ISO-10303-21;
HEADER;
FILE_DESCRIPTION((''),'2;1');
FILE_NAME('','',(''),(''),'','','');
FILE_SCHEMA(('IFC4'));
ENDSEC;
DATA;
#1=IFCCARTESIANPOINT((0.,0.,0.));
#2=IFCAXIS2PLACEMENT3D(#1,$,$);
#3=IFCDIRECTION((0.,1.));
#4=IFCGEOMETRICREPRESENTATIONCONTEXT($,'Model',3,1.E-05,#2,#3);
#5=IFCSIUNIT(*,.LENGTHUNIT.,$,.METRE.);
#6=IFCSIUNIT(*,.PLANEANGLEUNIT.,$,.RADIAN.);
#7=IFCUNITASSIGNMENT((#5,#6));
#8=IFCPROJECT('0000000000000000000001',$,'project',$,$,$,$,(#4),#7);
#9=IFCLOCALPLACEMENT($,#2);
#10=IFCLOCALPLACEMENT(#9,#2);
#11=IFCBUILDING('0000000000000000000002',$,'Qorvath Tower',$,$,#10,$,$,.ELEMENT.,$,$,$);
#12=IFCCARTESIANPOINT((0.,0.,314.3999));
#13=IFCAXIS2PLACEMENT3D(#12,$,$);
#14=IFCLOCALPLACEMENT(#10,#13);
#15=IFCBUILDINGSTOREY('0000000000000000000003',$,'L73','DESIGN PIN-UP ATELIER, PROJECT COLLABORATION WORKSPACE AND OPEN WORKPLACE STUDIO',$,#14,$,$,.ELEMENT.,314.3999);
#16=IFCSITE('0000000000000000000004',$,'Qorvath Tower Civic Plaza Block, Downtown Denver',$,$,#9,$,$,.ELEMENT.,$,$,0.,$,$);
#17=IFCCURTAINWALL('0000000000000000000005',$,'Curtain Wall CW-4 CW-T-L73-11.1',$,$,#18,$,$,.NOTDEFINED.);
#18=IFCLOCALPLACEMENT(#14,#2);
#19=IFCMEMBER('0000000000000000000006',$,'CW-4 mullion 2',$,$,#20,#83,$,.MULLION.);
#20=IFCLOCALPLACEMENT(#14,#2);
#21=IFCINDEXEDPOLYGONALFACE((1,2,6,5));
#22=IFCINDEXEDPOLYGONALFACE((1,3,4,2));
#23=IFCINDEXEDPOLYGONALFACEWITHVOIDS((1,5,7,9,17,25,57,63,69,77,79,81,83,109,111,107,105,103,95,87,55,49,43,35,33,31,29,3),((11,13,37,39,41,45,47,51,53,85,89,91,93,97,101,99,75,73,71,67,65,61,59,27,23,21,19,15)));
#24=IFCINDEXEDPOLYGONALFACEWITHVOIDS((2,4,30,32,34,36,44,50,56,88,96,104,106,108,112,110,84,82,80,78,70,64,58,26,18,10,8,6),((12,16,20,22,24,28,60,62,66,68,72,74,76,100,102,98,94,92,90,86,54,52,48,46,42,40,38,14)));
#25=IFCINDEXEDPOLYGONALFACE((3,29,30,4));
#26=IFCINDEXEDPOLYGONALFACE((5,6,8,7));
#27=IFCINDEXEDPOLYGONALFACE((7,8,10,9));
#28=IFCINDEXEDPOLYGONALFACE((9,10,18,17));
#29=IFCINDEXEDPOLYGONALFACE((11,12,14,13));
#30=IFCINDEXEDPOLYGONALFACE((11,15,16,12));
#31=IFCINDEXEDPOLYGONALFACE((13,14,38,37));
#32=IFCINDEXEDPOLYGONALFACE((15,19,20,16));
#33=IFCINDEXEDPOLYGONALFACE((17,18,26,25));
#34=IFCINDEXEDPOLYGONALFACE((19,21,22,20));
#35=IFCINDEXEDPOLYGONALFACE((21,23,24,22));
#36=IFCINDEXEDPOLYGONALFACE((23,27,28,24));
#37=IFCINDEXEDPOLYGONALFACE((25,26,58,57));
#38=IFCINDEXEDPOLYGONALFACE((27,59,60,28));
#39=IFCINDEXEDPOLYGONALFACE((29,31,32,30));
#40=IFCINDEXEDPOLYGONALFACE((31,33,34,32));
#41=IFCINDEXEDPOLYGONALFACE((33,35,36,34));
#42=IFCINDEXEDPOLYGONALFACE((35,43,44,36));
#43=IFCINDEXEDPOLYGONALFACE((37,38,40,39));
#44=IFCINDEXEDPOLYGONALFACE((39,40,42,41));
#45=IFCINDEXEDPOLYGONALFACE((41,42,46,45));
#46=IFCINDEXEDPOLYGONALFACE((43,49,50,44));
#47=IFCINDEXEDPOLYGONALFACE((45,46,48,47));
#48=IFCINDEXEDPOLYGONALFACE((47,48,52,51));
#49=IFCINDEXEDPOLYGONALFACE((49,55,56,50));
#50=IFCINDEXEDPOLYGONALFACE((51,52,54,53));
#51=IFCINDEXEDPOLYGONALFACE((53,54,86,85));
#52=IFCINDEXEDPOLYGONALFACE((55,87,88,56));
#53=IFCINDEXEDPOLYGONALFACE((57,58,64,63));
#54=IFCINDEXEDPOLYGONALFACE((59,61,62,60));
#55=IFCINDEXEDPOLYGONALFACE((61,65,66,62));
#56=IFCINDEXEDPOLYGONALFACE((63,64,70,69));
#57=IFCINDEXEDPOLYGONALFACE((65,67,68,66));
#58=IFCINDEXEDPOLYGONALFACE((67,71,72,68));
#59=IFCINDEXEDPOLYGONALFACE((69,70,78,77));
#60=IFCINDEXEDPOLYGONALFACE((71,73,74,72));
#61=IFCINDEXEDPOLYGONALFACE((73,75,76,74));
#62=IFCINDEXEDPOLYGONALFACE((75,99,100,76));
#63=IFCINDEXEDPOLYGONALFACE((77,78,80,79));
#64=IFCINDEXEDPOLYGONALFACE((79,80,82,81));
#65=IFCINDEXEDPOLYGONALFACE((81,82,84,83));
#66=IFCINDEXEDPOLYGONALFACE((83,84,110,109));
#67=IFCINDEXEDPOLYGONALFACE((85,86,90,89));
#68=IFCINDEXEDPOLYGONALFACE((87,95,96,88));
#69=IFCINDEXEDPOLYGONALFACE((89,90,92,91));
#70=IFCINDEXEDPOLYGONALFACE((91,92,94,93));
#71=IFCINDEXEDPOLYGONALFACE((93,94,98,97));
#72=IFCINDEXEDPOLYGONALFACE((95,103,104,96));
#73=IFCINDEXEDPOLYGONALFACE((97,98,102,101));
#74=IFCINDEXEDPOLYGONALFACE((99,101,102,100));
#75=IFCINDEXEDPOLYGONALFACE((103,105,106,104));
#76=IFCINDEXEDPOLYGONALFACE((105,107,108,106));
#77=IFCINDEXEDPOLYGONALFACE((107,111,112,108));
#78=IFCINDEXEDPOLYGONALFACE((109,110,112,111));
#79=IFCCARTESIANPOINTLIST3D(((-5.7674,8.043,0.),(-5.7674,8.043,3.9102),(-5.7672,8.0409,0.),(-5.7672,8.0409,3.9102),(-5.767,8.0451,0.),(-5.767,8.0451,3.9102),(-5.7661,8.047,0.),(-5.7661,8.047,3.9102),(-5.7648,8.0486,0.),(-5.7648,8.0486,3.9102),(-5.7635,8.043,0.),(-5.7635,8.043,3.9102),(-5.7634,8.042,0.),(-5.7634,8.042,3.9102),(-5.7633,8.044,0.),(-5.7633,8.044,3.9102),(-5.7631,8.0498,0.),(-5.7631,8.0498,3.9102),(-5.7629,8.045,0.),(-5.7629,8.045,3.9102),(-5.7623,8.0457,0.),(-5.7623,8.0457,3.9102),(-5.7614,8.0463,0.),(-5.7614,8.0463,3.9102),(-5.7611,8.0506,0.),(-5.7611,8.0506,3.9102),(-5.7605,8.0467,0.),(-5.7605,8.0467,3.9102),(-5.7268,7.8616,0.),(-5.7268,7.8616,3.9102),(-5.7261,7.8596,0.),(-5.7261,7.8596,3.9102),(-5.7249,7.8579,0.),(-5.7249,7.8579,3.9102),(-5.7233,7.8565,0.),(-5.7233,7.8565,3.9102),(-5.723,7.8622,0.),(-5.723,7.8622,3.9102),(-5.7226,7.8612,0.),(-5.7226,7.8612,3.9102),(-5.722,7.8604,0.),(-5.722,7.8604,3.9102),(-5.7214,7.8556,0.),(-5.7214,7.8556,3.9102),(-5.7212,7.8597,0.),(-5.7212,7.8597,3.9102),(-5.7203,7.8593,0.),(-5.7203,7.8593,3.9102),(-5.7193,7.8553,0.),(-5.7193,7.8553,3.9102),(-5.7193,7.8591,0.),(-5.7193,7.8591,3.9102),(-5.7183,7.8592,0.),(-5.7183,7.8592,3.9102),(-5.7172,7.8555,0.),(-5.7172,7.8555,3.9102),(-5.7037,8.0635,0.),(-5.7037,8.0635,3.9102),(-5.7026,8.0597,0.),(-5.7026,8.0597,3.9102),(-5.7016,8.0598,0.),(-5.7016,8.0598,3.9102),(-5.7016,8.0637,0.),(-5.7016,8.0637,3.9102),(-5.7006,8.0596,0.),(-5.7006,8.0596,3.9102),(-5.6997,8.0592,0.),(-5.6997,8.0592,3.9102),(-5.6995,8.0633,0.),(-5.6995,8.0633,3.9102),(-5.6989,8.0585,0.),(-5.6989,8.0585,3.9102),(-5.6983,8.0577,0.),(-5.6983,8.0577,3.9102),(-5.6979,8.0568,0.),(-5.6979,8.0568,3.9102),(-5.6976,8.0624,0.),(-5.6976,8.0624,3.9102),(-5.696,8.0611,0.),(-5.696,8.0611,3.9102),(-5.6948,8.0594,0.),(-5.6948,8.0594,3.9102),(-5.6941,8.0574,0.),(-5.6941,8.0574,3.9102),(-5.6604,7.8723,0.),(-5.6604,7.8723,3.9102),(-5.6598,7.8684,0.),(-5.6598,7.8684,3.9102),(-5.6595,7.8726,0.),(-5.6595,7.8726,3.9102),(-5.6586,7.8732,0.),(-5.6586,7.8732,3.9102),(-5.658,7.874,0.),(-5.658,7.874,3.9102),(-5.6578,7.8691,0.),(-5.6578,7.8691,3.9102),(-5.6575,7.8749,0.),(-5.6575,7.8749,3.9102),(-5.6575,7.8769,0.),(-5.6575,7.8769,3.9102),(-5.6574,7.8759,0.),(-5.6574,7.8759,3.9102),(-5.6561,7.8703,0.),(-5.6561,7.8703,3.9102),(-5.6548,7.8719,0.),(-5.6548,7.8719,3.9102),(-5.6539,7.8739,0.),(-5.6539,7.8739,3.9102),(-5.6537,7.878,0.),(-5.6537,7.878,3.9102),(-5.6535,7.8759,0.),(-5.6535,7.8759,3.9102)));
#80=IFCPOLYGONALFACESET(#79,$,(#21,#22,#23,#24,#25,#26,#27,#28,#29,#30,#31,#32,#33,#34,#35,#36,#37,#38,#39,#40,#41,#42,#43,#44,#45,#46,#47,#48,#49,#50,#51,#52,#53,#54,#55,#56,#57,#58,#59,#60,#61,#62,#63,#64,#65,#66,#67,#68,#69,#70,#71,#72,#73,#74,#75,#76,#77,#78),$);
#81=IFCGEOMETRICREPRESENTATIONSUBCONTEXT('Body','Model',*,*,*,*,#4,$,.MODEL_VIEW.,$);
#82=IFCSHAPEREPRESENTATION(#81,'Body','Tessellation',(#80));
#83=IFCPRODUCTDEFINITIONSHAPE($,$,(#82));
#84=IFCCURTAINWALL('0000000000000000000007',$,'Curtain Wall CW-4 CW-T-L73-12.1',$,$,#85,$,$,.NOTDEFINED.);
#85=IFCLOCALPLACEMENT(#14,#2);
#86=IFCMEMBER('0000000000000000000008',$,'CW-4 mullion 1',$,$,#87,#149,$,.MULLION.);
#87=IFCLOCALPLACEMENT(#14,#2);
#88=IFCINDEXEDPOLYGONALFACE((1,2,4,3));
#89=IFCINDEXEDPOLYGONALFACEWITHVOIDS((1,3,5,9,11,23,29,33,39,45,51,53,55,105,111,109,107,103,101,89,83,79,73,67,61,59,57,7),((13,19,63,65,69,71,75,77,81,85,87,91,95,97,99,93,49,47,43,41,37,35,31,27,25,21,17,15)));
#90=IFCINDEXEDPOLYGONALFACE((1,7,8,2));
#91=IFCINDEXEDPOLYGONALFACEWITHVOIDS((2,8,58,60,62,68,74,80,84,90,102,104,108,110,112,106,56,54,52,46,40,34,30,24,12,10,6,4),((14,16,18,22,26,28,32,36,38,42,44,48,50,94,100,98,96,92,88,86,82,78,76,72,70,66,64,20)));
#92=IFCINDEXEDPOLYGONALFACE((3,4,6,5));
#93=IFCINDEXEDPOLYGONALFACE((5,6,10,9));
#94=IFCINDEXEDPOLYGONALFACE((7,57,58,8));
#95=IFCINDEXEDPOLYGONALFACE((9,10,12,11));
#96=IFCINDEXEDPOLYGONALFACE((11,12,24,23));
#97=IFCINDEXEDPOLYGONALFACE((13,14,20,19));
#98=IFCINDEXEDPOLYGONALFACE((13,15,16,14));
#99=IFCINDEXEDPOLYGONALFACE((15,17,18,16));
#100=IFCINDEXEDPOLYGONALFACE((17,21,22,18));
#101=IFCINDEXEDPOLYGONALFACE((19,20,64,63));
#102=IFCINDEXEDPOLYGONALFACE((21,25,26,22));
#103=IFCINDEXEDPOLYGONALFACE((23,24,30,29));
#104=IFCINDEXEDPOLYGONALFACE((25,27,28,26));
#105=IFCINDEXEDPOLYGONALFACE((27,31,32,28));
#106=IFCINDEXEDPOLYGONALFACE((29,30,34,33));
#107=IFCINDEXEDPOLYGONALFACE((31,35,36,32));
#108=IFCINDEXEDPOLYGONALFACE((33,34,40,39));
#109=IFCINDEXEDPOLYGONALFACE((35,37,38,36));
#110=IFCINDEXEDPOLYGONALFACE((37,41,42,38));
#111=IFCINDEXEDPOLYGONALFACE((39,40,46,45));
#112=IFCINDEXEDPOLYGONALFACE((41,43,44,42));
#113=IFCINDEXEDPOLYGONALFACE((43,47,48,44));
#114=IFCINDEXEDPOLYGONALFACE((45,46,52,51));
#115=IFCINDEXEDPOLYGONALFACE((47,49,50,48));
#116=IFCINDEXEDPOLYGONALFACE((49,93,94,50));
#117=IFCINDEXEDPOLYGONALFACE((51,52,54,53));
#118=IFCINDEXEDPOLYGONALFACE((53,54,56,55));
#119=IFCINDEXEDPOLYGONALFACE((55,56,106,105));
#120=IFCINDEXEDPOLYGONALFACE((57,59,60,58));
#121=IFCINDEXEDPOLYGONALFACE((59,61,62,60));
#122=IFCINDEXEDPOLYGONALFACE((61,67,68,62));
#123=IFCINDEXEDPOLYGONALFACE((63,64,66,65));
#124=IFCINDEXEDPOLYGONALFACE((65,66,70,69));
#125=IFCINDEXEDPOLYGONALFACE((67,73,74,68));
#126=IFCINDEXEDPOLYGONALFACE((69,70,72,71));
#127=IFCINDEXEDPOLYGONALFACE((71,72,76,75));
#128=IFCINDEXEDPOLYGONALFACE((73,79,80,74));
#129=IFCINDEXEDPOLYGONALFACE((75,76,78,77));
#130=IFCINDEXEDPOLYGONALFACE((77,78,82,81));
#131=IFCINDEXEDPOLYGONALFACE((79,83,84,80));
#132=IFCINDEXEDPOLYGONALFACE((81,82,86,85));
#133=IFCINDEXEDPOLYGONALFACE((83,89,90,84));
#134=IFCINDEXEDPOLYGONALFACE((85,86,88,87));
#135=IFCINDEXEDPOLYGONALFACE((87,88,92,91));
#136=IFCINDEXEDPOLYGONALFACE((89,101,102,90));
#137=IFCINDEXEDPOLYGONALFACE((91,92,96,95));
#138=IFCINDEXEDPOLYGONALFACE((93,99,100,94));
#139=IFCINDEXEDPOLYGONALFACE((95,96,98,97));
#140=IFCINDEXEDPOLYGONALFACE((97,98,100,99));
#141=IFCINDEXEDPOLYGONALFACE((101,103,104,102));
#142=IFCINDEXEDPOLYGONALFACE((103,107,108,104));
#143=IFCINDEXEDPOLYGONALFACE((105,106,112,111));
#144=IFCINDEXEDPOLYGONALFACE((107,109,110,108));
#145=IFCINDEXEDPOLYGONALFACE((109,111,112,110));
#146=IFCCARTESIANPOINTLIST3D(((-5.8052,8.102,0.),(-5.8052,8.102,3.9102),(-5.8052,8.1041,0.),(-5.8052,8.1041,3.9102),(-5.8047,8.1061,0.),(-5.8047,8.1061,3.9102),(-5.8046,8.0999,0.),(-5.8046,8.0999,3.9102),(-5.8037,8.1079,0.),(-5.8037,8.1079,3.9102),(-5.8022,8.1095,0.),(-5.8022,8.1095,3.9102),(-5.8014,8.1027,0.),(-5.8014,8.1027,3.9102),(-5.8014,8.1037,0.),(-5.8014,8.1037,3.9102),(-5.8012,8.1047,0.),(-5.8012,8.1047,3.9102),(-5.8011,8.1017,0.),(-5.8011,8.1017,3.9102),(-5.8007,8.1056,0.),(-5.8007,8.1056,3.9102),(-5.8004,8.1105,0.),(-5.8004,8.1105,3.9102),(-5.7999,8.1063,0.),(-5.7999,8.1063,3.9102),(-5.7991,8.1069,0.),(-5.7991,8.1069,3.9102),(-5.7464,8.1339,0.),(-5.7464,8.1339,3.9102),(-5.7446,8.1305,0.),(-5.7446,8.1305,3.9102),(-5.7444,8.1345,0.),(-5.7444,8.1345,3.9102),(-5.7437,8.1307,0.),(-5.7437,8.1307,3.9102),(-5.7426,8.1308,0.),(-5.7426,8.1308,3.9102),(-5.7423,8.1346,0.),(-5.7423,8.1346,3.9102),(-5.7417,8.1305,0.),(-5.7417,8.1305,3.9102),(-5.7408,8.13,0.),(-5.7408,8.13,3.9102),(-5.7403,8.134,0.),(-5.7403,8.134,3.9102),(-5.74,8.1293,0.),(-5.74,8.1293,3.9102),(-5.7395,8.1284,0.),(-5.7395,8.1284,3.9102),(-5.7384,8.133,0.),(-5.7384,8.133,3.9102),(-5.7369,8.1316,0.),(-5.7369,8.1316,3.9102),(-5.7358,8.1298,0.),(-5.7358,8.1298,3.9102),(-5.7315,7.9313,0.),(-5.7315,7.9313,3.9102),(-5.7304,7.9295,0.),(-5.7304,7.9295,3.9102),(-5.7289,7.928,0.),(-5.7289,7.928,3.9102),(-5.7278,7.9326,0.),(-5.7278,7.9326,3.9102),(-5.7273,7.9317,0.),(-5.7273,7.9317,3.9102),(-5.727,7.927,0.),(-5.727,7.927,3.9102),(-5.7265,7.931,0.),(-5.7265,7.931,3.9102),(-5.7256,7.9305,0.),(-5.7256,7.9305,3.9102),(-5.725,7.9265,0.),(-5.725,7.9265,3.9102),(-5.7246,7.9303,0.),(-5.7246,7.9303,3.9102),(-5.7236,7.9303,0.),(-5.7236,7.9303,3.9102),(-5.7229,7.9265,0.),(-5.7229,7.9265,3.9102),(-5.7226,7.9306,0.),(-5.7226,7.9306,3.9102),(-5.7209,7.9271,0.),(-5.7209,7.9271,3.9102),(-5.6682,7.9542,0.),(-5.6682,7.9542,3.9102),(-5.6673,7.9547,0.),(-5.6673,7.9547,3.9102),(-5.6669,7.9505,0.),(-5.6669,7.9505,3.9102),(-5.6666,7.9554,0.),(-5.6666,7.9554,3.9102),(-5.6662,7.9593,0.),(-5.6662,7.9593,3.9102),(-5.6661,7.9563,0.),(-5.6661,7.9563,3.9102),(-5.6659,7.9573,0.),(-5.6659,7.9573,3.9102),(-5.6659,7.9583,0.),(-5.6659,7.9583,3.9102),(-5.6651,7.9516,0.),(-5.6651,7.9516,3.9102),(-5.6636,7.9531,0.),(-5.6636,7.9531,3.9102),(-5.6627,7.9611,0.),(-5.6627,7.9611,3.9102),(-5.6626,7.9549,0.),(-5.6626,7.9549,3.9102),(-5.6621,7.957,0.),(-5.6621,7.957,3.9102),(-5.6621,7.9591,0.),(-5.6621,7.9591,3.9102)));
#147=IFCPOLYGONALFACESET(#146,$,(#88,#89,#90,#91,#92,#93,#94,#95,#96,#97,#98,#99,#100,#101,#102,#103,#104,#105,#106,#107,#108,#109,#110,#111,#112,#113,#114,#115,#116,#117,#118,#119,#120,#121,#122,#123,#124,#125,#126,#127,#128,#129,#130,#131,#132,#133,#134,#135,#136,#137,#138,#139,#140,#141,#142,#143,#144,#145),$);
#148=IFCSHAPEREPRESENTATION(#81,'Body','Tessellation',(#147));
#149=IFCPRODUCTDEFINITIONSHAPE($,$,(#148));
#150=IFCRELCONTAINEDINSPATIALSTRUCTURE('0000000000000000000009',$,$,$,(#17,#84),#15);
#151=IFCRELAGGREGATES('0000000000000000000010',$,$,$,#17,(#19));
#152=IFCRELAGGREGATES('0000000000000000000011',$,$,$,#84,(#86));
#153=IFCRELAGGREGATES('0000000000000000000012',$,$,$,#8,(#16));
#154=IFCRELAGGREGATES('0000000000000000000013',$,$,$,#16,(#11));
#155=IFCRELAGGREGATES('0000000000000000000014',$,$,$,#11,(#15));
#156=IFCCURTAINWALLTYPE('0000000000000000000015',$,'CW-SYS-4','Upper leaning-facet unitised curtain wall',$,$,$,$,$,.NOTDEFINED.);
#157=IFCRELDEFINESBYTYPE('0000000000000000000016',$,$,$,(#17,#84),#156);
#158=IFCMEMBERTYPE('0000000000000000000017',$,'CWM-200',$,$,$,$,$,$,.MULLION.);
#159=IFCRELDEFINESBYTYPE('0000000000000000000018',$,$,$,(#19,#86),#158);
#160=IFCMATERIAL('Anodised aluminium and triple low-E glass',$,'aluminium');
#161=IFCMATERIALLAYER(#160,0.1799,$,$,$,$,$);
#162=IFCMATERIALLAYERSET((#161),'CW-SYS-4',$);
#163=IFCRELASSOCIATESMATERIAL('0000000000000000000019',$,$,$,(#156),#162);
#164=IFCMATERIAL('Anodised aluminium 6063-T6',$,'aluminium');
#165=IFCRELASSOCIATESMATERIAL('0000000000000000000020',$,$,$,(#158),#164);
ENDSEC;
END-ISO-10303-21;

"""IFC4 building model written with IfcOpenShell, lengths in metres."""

from ifc_helpers import new_model, si_unit, direction, frame, origin, origin_2d, place, context, subcontext, project, spatial, hollow_rectangle, extrude, material, layer, layer_set, material_profile, profile_set, type_object, element, aggregate, save


model = new_model("IFC4")

# Units and contexts
model_context = context("Model", 3, precision=1e-05, world=origin(), true_north=direction((0.0, 1.0)))
body_context = subcontext(model_context, "Body", "Model", "MODEL_VIEW")
ifc_project = project(units=[si_unit("LENGTHUNIT", "METRE"), si_unit("PLANEANGLEUNIT", "RADIAN")], contexts=[model_context])

# Site, building, storey
site_placement = place(None, origin())
site = spatial("IfcSite", under=ifc_project, at=site_placement, Name="Qorvath Tower Civic Plaza Block, Downtown Denver", CompositionType="ELEMENT", RefElevation=0.0)
building_placement = place(site_placement, origin())
building = spatial("IfcBuilding", under=site, at=building_placement, Name="Qorvath Tower", CompositionType="ELEMENT")
storey_placement = place(building_placement, frame((0.0, 0.0, 314.3999)))
storey = spatial("IfcBuildingStorey", under=building, at=storey_placement, Name="L73", Description="DESIGN PIN-UP ATELIER, PROJECT COLLABORATION WORKSPACE AND OPEN WORKPLACE STUDIO", CompositionType="ELEMENT", Elevation=314.3999)

# Curtain wall, member
ifc_material_1 = material(Name="Anodised aluminium and triple low-E glass", Category="aluminium")
ifc_layer_1 = layer(ifc_material_1, 0.1799)
ifc_layer_set_1 = layer_set([ifc_layer_1], Name="CW-SYS-4")
curtain_wall_type = type_object("IfcCurtainWallType", Name="CW-SYS-4", Description="Upper leaning-facet unitised curtain wall", PredefinedType="NOTDEFINED", material=ifc_layer_set_1)
curtain_wall_1_placement = place(storey_placement, origin())
curtain_wall_1 = element("IfcCurtainWall", 1, at=curtain_wall_1_placement, inside=storey, type_object=curtain_wall_type, Name="Curtain Wall CW-4 CW-T-L73-11.1", PredefinedType="NOTDEFINED")
ifc_material_2 = material(Name="Anodised aluminium 6063-T6", Category="aluminium")
ifc_material_profile_1 = material_profile(ifc_material_2, hollow_rectangle(XDim=0.075, YDim=0.2, WallThickness=0.0039, InnerFilletRadius=0.0039, OuterFilletRadius=0.0081, at=origin_2d()), Name="CWM 200x75")
ifc_profile_set_1 = profile_set([ifc_material_profile_1], Name="Anodised aluminium 6063-T6")
member_type_1 = type_object("IfcMemberType", Name="CWM-200", PredefinedType="MULLION", material=ifc_profile_set_1)
member_1_placement = place(storey_placement, frame((-5.7104, 7.9595, 0.0), z_axis=(0.0, 0.0, 1.0), x_axis=(-0.975611, -0.219509, 0.0)))
member_1 = element("IfcMember", 2, at=member_1_placement, type_object=member_type_1, Name="CW-4 mullion 2", PredefinedType="MULLION", context=body_context, shape_type="SweptSolid", body=[
    extrude(hollow_rectangle(XDim=0.075, YDim=0.2, WallThickness=0.0039, InnerFilletRadius=0.0039, OuterFilletRadius=0.0081, at=origin_2d()), origin(), (0.0, 0.0, 1.0), 3.9102),
])

# Curtain wall, member
curtain_wall_2_placement = place(storey_placement, origin())
curtain_wall_2 = element("IfcCurtainWall", 3, at=curtain_wall_2_placement, inside=storey, type_object=curtain_wall_type, Name="Curtain Wall CW-4 CW-T-L73-12.1", PredefinedType="NOTDEFINED")
member_2_placement = place(storey_placement, frame((-5.7336, 8.0305, 0.0), z_axis=(0.0, 0.0, 1.0), x_axis=(-0.917479, -0.397784, 0.0)))
member_2 = element("IfcMember", 4, at=member_2_placement, type_object=member_type_1, Name="CW-4 mullion 1", PredefinedType="MULLION", context=body_context, shape_type="SweptSolid", body=[
    extrude(hollow_rectangle(XDim=0.075, YDim=0.2, WallThickness=0.0039, InnerFilletRadius=0.0039, OuterFilletRadius=0.0081, at=origin_2d()), origin(), (0.0, 0.0, 1.0), 3.9102),
])

aggregate(curtain_wall_1, [member_1])
aggregate(curtain_wall_2, [member_2])

save(model, "model.ifc")
